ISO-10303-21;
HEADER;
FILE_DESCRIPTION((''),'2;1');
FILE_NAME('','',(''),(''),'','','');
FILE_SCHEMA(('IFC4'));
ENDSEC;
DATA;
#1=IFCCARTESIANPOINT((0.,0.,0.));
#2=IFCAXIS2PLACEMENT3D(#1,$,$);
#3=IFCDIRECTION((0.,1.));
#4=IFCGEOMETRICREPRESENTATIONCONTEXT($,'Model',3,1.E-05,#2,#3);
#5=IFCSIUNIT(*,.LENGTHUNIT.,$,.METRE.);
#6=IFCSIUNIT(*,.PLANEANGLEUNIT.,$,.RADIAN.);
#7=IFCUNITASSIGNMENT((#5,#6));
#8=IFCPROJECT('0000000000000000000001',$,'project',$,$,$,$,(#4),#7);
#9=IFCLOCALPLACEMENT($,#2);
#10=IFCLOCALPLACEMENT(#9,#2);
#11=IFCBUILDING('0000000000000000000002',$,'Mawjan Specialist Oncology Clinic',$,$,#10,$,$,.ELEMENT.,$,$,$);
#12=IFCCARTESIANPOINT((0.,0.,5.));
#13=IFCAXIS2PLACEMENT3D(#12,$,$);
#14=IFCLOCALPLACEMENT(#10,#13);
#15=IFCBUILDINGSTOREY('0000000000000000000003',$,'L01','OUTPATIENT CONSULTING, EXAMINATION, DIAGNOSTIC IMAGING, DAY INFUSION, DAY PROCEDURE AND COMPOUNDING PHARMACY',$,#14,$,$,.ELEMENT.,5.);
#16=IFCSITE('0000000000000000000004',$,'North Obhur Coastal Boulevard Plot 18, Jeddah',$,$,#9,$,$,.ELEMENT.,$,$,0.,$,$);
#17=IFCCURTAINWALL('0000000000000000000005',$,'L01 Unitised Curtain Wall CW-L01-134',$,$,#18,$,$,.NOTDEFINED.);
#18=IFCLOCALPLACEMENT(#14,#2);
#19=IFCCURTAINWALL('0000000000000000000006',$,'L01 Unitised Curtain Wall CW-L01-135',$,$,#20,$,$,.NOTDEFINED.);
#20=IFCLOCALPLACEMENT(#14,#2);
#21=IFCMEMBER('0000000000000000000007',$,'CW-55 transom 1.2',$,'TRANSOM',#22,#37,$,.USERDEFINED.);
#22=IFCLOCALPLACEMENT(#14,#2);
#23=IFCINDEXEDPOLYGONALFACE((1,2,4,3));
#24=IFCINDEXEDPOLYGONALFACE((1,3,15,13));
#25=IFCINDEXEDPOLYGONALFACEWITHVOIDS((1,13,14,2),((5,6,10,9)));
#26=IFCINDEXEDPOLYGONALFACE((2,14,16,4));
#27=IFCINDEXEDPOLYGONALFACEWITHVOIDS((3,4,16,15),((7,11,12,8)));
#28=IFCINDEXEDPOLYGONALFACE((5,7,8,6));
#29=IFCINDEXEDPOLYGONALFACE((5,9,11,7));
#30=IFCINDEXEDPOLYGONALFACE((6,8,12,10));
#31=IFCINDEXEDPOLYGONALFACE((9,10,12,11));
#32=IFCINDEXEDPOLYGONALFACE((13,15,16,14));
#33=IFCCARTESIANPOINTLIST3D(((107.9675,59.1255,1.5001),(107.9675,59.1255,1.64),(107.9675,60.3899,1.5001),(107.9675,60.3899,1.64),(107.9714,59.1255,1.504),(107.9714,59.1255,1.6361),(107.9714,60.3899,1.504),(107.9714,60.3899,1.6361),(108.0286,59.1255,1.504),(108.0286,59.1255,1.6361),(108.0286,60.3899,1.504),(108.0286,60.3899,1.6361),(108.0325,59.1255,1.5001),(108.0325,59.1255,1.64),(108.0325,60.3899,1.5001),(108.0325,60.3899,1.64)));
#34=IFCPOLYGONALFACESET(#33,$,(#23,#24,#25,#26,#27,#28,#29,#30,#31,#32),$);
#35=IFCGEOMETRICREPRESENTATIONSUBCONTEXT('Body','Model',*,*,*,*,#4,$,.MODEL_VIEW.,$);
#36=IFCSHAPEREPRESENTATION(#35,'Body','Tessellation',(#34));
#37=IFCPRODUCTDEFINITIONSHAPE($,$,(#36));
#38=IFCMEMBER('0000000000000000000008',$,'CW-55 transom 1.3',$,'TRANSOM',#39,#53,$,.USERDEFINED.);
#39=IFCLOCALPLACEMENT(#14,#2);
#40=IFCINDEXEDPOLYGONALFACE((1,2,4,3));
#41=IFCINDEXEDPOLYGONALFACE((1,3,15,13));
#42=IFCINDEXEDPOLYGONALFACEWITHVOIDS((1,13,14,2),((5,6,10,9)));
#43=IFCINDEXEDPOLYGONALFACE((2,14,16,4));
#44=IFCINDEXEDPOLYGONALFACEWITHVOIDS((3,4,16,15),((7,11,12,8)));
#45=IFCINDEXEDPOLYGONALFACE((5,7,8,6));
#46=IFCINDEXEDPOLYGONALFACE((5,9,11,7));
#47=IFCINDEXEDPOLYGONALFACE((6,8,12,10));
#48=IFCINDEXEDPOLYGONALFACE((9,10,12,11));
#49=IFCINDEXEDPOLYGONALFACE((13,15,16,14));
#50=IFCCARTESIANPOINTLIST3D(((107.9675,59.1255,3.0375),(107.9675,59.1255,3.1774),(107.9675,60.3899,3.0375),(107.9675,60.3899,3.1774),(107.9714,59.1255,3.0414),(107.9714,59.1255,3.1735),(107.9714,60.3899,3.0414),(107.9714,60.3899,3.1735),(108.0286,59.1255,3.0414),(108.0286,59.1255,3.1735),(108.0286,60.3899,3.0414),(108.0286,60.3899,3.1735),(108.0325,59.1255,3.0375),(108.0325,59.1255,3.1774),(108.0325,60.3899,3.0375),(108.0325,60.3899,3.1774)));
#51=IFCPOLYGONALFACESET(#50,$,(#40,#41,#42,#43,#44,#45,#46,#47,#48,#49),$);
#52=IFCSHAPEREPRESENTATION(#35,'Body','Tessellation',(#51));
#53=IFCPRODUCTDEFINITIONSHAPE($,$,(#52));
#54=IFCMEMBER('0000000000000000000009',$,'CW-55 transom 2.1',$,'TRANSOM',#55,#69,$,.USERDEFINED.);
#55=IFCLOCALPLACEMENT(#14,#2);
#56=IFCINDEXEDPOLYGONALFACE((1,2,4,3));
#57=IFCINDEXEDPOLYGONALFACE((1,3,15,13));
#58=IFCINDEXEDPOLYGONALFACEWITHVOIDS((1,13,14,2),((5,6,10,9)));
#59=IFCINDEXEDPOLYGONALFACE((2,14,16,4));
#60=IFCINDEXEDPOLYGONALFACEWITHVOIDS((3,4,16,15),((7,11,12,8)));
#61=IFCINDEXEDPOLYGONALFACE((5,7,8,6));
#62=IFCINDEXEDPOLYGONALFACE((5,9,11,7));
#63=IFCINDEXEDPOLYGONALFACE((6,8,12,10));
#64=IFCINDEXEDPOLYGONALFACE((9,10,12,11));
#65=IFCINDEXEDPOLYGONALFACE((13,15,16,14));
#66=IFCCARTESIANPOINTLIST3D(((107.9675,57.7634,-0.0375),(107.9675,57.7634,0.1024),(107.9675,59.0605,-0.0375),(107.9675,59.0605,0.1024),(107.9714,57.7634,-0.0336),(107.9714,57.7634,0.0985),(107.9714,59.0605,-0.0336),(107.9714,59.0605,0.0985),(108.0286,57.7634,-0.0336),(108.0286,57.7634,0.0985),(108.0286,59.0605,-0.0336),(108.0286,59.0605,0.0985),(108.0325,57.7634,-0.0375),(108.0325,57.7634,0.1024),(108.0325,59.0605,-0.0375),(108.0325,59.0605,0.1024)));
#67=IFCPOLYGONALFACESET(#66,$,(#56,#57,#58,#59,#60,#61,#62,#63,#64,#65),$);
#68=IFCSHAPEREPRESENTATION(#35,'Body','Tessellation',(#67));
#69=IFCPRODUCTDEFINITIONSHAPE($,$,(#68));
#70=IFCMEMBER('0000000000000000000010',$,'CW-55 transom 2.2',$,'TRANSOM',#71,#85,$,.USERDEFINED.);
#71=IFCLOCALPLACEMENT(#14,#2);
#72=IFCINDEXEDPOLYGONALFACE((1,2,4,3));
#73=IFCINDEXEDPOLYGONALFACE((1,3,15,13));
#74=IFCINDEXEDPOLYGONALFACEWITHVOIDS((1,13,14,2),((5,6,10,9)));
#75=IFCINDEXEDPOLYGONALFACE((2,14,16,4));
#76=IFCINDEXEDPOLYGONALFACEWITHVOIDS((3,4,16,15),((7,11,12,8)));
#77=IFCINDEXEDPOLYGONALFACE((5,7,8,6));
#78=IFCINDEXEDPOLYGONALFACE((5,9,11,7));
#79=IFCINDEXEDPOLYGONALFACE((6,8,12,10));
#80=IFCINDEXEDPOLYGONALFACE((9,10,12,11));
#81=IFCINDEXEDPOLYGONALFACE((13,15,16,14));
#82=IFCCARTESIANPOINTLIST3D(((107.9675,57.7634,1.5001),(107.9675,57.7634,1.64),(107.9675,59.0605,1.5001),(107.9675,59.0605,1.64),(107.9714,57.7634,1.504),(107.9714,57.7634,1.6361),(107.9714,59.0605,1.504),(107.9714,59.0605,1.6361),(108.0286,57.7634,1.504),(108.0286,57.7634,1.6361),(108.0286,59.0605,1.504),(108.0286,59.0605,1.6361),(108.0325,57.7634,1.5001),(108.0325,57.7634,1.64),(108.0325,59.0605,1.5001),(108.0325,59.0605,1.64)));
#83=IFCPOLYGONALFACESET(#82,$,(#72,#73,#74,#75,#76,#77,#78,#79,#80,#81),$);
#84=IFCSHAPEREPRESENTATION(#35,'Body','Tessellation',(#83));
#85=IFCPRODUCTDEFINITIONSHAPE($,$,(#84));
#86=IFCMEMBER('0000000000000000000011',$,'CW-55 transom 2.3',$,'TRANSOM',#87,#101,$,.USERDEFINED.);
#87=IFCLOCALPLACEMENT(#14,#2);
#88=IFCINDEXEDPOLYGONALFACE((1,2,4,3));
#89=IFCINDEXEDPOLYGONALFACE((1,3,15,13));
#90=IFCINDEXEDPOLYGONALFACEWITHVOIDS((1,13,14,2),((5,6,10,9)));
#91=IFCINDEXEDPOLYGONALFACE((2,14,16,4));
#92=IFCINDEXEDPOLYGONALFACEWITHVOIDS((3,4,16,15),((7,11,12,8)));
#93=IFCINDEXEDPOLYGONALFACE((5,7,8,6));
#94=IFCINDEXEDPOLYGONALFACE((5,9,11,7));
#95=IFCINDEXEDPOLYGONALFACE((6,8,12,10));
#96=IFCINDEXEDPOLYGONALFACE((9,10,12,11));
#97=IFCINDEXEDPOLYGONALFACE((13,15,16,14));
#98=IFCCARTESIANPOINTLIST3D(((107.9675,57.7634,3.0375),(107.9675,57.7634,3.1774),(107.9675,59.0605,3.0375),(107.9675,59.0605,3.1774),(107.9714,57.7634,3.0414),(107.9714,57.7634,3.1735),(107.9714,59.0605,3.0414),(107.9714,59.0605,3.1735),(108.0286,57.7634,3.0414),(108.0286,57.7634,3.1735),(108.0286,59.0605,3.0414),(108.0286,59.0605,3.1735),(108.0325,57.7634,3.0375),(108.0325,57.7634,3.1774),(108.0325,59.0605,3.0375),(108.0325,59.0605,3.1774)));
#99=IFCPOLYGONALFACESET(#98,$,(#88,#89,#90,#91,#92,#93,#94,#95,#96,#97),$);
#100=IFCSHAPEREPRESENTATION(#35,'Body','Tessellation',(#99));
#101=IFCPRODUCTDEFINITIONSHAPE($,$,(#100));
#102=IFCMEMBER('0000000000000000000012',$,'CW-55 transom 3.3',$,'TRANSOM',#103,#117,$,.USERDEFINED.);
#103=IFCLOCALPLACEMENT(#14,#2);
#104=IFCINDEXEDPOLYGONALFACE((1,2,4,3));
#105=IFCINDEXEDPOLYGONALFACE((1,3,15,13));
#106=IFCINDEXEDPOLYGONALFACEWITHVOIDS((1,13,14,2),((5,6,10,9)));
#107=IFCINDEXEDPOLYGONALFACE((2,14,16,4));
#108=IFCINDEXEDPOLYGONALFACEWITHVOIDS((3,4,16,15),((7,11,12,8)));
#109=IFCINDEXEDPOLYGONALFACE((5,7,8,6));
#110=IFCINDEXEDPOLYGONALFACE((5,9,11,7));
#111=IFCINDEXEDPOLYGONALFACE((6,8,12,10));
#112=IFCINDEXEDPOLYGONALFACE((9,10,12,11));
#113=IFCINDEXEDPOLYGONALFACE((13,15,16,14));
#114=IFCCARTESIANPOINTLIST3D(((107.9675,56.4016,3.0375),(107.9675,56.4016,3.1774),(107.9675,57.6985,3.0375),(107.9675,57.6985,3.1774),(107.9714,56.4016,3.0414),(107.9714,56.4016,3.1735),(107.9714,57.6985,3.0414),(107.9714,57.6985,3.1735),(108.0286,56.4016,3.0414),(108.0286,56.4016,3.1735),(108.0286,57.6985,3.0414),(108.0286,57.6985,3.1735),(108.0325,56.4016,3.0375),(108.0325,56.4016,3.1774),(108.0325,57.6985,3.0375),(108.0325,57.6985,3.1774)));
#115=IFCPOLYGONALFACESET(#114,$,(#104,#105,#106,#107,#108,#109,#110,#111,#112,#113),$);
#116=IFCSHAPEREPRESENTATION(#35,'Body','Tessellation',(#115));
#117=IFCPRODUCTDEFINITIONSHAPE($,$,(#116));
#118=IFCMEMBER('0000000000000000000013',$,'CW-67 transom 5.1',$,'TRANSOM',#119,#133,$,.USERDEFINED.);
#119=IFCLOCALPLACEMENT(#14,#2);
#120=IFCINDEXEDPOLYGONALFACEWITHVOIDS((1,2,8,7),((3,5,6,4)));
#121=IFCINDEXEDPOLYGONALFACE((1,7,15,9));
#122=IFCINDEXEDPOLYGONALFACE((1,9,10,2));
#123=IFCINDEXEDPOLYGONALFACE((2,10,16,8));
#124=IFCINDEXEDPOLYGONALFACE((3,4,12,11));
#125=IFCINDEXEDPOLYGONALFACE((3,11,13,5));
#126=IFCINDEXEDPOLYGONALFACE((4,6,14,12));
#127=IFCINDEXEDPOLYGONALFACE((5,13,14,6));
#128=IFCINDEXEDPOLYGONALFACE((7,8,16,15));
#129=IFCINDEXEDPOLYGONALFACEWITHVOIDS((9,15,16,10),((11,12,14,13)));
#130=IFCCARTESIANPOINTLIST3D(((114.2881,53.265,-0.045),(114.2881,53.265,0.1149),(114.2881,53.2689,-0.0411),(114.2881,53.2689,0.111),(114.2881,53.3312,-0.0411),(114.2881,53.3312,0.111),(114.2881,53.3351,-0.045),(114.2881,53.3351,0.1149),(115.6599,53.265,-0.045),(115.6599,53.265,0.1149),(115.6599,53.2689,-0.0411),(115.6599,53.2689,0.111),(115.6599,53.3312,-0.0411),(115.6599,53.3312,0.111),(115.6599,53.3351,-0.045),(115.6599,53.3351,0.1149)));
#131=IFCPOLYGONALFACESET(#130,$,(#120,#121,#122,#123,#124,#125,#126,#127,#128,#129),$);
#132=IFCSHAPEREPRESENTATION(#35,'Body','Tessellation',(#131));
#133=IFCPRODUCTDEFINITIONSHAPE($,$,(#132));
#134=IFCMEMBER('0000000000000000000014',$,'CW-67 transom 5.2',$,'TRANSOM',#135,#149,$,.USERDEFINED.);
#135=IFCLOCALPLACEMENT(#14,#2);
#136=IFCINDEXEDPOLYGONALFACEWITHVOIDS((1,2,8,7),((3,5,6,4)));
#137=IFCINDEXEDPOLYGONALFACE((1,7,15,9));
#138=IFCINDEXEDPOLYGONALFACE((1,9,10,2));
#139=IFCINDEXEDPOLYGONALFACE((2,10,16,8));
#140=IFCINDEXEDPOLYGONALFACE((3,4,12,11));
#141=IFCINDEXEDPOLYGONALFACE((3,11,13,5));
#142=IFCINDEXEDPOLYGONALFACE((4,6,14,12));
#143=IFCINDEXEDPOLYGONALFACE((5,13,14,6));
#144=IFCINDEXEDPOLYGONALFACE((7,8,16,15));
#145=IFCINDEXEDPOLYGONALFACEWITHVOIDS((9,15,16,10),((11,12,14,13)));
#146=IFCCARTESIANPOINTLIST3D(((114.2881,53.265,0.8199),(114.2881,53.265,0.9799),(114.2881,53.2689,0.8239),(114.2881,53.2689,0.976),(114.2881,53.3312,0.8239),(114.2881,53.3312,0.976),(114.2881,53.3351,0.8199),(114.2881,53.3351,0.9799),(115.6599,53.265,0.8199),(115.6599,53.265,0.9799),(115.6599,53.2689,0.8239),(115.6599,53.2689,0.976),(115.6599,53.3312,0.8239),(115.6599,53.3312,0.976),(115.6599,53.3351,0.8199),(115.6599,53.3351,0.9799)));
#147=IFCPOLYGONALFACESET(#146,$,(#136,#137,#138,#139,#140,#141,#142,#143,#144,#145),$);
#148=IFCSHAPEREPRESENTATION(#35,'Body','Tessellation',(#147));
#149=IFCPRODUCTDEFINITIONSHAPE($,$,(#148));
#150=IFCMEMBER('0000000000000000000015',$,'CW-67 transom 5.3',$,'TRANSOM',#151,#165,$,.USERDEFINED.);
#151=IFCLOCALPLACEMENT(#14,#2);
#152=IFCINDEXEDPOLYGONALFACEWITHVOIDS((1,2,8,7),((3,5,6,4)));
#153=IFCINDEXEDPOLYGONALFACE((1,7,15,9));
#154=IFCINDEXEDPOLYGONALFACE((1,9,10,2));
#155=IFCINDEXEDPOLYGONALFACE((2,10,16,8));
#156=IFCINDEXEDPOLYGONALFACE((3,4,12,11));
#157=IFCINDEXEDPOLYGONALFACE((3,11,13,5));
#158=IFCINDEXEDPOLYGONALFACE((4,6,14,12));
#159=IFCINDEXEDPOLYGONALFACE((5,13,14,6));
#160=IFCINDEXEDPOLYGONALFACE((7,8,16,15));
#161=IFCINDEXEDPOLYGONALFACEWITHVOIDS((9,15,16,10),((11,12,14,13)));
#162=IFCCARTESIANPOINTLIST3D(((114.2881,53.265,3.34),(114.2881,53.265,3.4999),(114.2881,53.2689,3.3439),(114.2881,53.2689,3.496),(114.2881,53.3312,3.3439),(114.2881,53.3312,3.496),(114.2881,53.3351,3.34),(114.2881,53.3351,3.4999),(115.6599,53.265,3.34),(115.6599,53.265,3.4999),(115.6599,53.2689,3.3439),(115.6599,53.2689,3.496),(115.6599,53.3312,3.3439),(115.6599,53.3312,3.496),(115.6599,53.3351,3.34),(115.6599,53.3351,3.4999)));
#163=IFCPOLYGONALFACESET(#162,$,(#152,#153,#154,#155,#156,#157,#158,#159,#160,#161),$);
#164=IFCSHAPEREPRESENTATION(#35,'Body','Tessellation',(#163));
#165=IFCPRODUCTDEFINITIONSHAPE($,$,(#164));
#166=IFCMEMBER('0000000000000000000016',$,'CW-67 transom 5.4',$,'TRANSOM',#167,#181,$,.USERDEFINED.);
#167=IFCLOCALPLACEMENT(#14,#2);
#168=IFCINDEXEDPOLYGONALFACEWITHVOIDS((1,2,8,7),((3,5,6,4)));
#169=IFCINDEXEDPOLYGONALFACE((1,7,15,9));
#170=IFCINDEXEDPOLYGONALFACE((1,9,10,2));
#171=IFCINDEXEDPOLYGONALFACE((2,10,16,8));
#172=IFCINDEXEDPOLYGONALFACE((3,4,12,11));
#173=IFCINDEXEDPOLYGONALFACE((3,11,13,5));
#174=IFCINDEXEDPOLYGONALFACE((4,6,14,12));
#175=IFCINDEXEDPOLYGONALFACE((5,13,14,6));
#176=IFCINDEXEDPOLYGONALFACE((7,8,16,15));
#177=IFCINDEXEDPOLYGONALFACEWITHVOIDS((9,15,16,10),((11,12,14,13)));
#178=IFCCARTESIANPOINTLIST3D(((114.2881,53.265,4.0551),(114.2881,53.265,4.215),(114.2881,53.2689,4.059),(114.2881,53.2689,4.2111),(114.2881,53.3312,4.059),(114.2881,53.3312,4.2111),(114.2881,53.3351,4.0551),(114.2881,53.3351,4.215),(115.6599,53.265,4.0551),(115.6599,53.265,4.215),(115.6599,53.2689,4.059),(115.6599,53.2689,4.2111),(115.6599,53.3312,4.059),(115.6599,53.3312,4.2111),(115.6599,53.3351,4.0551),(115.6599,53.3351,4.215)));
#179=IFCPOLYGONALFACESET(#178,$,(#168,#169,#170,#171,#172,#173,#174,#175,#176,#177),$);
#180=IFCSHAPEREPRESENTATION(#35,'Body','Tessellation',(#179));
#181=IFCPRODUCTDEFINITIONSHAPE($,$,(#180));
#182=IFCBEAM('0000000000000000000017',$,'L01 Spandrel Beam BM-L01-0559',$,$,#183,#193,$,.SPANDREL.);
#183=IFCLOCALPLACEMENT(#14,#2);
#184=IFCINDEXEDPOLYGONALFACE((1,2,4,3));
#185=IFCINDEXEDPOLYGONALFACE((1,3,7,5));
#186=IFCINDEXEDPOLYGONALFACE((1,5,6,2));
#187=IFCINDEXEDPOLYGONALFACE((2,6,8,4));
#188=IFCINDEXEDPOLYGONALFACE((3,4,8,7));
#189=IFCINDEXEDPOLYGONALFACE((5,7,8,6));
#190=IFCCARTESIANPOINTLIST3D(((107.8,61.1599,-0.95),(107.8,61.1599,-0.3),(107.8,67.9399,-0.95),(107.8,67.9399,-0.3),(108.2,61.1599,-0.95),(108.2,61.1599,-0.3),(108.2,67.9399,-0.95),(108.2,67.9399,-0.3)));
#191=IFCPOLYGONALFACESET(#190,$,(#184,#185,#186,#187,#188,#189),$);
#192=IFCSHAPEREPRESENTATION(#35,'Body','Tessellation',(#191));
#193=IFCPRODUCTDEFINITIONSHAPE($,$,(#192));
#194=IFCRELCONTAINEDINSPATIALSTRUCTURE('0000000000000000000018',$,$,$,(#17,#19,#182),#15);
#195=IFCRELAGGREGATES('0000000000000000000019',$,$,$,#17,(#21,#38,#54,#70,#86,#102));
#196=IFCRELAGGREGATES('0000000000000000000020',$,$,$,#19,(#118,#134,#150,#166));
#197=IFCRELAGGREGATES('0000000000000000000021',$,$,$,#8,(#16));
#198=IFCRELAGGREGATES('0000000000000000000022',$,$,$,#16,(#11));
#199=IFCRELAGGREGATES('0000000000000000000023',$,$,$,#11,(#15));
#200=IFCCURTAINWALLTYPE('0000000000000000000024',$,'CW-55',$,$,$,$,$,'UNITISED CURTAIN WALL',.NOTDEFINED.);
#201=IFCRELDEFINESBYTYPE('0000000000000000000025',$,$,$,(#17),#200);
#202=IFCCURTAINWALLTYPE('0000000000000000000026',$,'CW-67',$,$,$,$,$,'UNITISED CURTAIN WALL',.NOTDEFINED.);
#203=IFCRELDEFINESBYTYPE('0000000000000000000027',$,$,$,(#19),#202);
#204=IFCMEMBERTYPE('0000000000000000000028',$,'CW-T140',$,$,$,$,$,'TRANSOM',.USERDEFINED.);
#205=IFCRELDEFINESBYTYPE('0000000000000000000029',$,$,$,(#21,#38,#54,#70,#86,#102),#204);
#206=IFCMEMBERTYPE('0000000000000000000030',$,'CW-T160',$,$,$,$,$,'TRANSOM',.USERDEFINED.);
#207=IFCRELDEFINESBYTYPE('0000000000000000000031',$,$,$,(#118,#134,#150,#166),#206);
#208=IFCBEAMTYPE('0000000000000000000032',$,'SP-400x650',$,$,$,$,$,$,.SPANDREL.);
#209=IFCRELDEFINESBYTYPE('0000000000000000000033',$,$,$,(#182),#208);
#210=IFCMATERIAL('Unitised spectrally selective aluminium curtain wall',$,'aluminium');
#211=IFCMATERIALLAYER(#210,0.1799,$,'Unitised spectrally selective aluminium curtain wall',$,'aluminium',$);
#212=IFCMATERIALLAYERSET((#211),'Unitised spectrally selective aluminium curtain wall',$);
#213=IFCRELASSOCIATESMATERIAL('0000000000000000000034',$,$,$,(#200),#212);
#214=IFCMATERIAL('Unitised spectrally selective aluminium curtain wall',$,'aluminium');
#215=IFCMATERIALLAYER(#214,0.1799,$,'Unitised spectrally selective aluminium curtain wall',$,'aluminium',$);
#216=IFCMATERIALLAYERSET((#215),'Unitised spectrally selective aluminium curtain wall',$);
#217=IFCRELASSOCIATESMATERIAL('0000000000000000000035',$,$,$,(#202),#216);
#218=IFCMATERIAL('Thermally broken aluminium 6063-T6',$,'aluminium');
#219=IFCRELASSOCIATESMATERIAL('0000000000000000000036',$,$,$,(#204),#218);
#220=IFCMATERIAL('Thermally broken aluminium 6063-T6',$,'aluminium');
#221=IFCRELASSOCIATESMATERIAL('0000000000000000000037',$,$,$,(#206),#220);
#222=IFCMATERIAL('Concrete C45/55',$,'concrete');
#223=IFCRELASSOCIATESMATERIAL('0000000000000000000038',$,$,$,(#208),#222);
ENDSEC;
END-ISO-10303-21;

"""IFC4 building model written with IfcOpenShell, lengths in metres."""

from ifc_helpers import new_model, si_unit, direction, frame, origin, origin_2d, place, context, subcontext, project, spatial, rectangle, hollow_rectangle, extrude, material, layer, layer_set, material_profile, profile_set, type_object, element, aggregate, save


model = new_model("IFC4")

# Units and contexts
model_context = context("Model", 3, precision=1e-05, world=origin(), true_north=direction((0.0, 1.0)))
body_context = subcontext(model_context, "Body", "Model", "MODEL_VIEW")
ifc_project = project(units=[si_unit("LENGTHUNIT", "METRE"), si_unit("PLANEANGLEUNIT", "RADIAN")], contexts=[model_context])

# Site, building, storey
site_placement = place(None, origin())
site = spatial("IfcSite", under=ifc_project, at=site_placement, Name="North Obhur Coastal Boulevard Plot 18, Jeddah", CompositionType="ELEMENT", RefElevation=0.0)
building_placement = place(site_placement, origin())
building = spatial("IfcBuilding", under=site, at=building_placement, Name="Mawjan Specialist Oncology Clinic", CompositionType="ELEMENT")
storey_placement = place(building_placement, frame((0.0, 0.0, 5.0)))
storey = spatial("IfcBuildingStorey", under=building, at=storey_placement, Name="L01", Description="OUTPATIENT CONSULTING, EXAMINATION, DIAGNOSTIC IMAGING, DAY INFUSION, DAY PROCEDURE AND COMPOUNDING PHARMACY", CompositionType="ELEMENT", Elevation=5.0)

# Shared definitions
ifc_material_1 = material(Name="Unitised spectrally selective aluminium curtain wall", Category="aluminium")
ifc_layer_1 = layer(ifc_material_1, 0.1799, Name="Unitised spectrally selective aluminium curtain wall", Category="aluminium")
ifc_layer_set_1 = layer_set([ifc_layer_1], Name="Unitised spectrally selective aluminium curtain wall")
curtain_wall_type_1 = type_object("IfcCurtainWallType", Name="CW-55", ElementType="UNITISED CURTAIN WALL", PredefinedType="NOTDEFINED", material=ifc_layer_set_1)

# Curtain walls
curtain_wall_1_placement = place(storey_placement, origin())
curtain_wall_1 = element("IfcCurtainWall", 1, at=curtain_wall_1_placement, inside=storey, type_object=curtain_wall_type_1, Name="L01 Unitised Curtain Wall CW-L01-134", PredefinedType="NOTDEFINED")
ifc_material_2 = material(Name="Unitised spectrally selective aluminium curtain wall", Category="aluminium")
ifc_layer_2 = layer(ifc_material_2, 0.1799, Name="Unitised spectrally selective aluminium curtain wall", Category="aluminium")
ifc_layer_set_2 = layer_set([ifc_layer_2], Name="Unitised spectrally selective aluminium curtain wall")
curtain_wall_type_2 = type_object("IfcCurtainWallType", Name="CW-67", ElementType="UNITISED CURTAIN WALL", PredefinedType="NOTDEFINED", material=ifc_layer_set_2)
curtain_wall_2_placement = place(storey_placement, origin())
curtain_wall_2 = element("IfcCurtainWall", 2, at=curtain_wall_2_placement, inside=storey, type_object=curtain_wall_type_2, Name="L01 Unitised Curtain Wall CW-L01-135", PredefinedType="NOTDEFINED")

# Members
ifc_material_3 = material(Name="Thermally broken aluminium 6063-T6", Category="aluminium")
ifc_material_profile_1 = material_profile(ifc_material_3, hollow_rectangle(XDim=0.0649, YDim=0.1399, WallThickness=0.0039, at=origin_2d()), Name="ALU TRANSOM 140x65x4", Category="aluminium")
ifc_profile_set_1 = profile_set([ifc_material_profile_1], Name="Thermally broken aluminium 6063-T6")
member_type_1 = type_object("IfcMemberType", Name="CW-T140", ElementType="TRANSOM", PredefinedType="USERDEFINED", material=ifc_profile_set_1)
member_1_placement = place(storey_placement, frame((108.0, 60.3899, 1.5701), z_axis=(0.0, -1.0, 0.0), x_axis=(1.0, 0.0, 0.0)))
member_1 = element("IfcMember", 3, at=member_1_placement, type_object=member_type_1, Name="CW-55 transom 1.2", ObjectType="TRANSOM", PredefinedType="USERDEFINED", context=body_context, shape_type="SweptSolid", body=[
    extrude(hollow_rectangle(XDim=0.0649, YDim=0.1399, WallThickness=0.0039, at=origin_2d()), origin(), (0.0, 0.0, 1.0), 1.2644),
])
member_2_placement = place(storey_placement, frame((108.0, 60.3899, 3.1074), z_axis=(0.0, -1.0, 0.0), x_axis=(1.0, 0.0, 0.0)))
member_2 = element("IfcMember", 4, at=member_2_placement, type_object=member_type_1, Name="CW-55 transom 1.3", ObjectType="TRANSOM", PredefinedType="USERDEFINED", context=body_context, shape_type="SweptSolid", body=[
    extrude(hollow_rectangle(XDim=0.0649, YDim=0.1399, WallThickness=0.0039, at=origin_2d()), origin(), (0.0, 0.0, 1.0), 1.2644),
])
member_3_placement = place(storey_placement, frame((108.0, 59.0605, 0.0325), z_axis=(0.0, -1.0, 0.0), x_axis=(1.0, 0.0, 0.0)))
member_3 = element("IfcMember", 5, at=member_3_placement, type_object=member_type_1, Name="CW-55 transom 2.1", ObjectType="TRANSOM", PredefinedType="USERDEFINED", context=body_context, shape_type="SweptSolid", body=[
    extrude(hollow_rectangle(XDim=0.0649, YDim=0.1399, WallThickness=0.0039, at=origin_2d()), origin(), (0.0, 0.0, 1.0), 1.2971),
])
member_4_placement = place(storey_placement, frame((108.0, 59.0605, 1.5701), z_axis=(0.0, -1.0, 0.0), x_axis=(1.0, 0.0, 0.0)))
member_4 = element("IfcMember", 6, at=member_4_placement, type_object=member_type_1, Name="CW-55 transom 2.2", ObjectType="TRANSOM", PredefinedType="USERDEFINED", context=body_context, shape_type="SweptSolid", body=[
    extrude(hollow_rectangle(XDim=0.0649, YDim=0.1399, WallThickness=0.0039, at=origin_2d()), origin(), (0.0, 0.0, 1.0), 1.2971),
])
member_5_placement = place(storey_placement, frame((108.0, 59.0605, 3.1074), z_axis=(0.0, -1.0, 0.0), x_axis=(1.0, 0.0, 0.0)))
member_5 = element("IfcMember", 7, at=member_5_placement, type_object=member_type_1, Name="CW-55 transom 2.3", ObjectType="TRANSOM", PredefinedType="USERDEFINED", context=body_context, shape_type="SweptSolid", body=[
    extrude(hollow_rectangle(XDim=0.0649, YDim=0.1399, WallThickness=0.0039, at=origin_2d()), origin(), (0.0, 0.0, 1.0), 1.2971),
])
member_6_placement = place(storey_placement, frame((108.0, 57.6985, 3.1074), z_axis=(0.0, -1.0, 0.0), x_axis=(1.0, 0.0, 0.0)))
member_6 = element("IfcMember", 8, at=member_6_placement, type_object=member_type_1, Name="CW-55 transom 3.3", ObjectType="TRANSOM", PredefinedType="USERDEFINED", context=body_context, shape_type="SweptSolid", body=[
    extrude(hollow_rectangle(XDim=0.0649, YDim=0.1399, WallThickness=0.0039, at=origin_2d()), origin(), (0.0, 0.0, 1.0), 1.2969),
])
ifc_material_4 = material(Name="Thermally broken aluminium 6063-T6", Category="aluminium")
ifc_material_profile_2 = material_profile(ifc_material_4, hollow_rectangle(XDim=0.0701, YDim=0.1599, WallThickness=0.0039, at=origin_2d()), Name="ALU TRANSOM 160x70x4", Category="aluminium")
ifc_profile_set_2 = profile_set([ifc_material_profile_2], Name="Thermally broken aluminium 6063-T6")
member_type_2 = type_object("IfcMemberType", Name="CW-T160", ElementType="TRANSOM", PredefinedType="USERDEFINED", material=ifc_profile_set_2)
member_7_placement = place(storey_placement, frame((114.2881, 53.3, 0.0349), z_axis=(1.0, 0.0, 0.0), x_axis=(0.0, 1.0, 0.0)))
member_7 = element("IfcMember", 9, at=member_7_placement, type_object=member_type_2, Name="CW-67 transom 5.1", ObjectType="TRANSOM", PredefinedType="USERDEFINED", context=body_context, shape_type="SweptSolid", body=[
    extrude(hollow_rectangle(XDim=0.0701, YDim=0.1599, WallThickness=0.0039, at=origin_2d()), origin(), (0.0, 0.0, 1.0), 1.3718),
])
member_8_placement = place(storey_placement, frame((114.2881, 53.3, 0.8999), z_axis=(1.0, 0.0, 0.0), x_axis=(0.0, 1.0, 0.0)))
member_8 = element("IfcMember", 10, at=member_8_placement, type_object=member_type_2, Name="CW-67 transom 5.2", ObjectType="TRANSOM", PredefinedType="USERDEFINED", context=body_context, shape_type="SweptSolid", body=[
    extrude(hollow_rectangle(XDim=0.0701, YDim=0.1599, WallThickness=0.0039, at=origin_2d()), origin(), (0.0, 0.0, 1.0), 1.3718),
])
member_9_placement = place(storey_placement, frame((114.2881, 53.3, 3.4199), z_axis=(1.0, 0.0, 0.0), x_axis=(0.0, 1.0, 0.0)))
member_9 = element("IfcMember", 11, at=member_9_placement, type_object=member_type_2, Name="CW-67 transom 5.3", ObjectType="TRANSOM", PredefinedType="USERDEFINED", context=body_context, shape_type="SweptSolid", body=[
    extrude(hollow_rectangle(XDim=0.0701, YDim=0.1599, WallThickness=0.0039, at=origin_2d()), origin(), (0.0, 0.0, 1.0), 1.3718),
])
member_10_placement = place(storey_placement, frame((114.2881, 53.3, 4.135), z_axis=(1.0, 0.0, 0.0), x_axis=(0.0, 1.0, 0.0)))
member_10 = element("IfcMember", 12, at=member_10_placement, type_object=member_type_2, Name="CW-67 transom 5.4", ObjectType="TRANSOM", PredefinedType="USERDEFINED", context=body_context, shape_type="SweptSolid", body=[
    extrude(hollow_rectangle(XDim=0.0701, YDim=0.1599, WallThickness=0.0039, at=origin_2d()), origin(), (0.0, 0.0, 1.0), 1.3718),
])

# Beam
ifc_material_5 = material(Name="Concrete C45/55", Category="concrete")
ifc_material_profile_3 = material_profile(ifc_material_5, rectangle(XDim=0.3999, YDim=0.6499, at=origin_2d()), Name="RC BM 400x650", Category="concrete")
ifc_profile_set_3 = profile_set([ifc_material_profile_3], Name="Concrete C45/55")
beam_type = type_object("IfcBeamType", Name="SP-400x650", PredefinedType="SPANDREL", material=ifc_profile_set_3)
beam_placement = place(storey_placement, frame((108.0, 61.1599, -0.625), z_axis=(0.0, 1.0, 0.0), x_axis=(-1.0, 0.0, 0.0)))
element("IfcBeam", 13, at=beam_placement, inside=storey, type_object=beam_type, Name="L01 Spandrel Beam BM-L01-0559", PredefinedType="SPANDREL", context=body_context, shape_type="SweptSolid", body=[
    extrude(rectangle(XDim=0.3999, YDim=0.6499, at=origin_2d()), origin(), (0.0, 0.0, 1.0), 6.78),
])

aggregate(curtain_wall_1, [member_1, member_2, member_3, member_4, member_5, member_6])
aggregate(curtain_wall_2, [member_7, member_8, member_9, member_10])

save(model, "model.ifc")
